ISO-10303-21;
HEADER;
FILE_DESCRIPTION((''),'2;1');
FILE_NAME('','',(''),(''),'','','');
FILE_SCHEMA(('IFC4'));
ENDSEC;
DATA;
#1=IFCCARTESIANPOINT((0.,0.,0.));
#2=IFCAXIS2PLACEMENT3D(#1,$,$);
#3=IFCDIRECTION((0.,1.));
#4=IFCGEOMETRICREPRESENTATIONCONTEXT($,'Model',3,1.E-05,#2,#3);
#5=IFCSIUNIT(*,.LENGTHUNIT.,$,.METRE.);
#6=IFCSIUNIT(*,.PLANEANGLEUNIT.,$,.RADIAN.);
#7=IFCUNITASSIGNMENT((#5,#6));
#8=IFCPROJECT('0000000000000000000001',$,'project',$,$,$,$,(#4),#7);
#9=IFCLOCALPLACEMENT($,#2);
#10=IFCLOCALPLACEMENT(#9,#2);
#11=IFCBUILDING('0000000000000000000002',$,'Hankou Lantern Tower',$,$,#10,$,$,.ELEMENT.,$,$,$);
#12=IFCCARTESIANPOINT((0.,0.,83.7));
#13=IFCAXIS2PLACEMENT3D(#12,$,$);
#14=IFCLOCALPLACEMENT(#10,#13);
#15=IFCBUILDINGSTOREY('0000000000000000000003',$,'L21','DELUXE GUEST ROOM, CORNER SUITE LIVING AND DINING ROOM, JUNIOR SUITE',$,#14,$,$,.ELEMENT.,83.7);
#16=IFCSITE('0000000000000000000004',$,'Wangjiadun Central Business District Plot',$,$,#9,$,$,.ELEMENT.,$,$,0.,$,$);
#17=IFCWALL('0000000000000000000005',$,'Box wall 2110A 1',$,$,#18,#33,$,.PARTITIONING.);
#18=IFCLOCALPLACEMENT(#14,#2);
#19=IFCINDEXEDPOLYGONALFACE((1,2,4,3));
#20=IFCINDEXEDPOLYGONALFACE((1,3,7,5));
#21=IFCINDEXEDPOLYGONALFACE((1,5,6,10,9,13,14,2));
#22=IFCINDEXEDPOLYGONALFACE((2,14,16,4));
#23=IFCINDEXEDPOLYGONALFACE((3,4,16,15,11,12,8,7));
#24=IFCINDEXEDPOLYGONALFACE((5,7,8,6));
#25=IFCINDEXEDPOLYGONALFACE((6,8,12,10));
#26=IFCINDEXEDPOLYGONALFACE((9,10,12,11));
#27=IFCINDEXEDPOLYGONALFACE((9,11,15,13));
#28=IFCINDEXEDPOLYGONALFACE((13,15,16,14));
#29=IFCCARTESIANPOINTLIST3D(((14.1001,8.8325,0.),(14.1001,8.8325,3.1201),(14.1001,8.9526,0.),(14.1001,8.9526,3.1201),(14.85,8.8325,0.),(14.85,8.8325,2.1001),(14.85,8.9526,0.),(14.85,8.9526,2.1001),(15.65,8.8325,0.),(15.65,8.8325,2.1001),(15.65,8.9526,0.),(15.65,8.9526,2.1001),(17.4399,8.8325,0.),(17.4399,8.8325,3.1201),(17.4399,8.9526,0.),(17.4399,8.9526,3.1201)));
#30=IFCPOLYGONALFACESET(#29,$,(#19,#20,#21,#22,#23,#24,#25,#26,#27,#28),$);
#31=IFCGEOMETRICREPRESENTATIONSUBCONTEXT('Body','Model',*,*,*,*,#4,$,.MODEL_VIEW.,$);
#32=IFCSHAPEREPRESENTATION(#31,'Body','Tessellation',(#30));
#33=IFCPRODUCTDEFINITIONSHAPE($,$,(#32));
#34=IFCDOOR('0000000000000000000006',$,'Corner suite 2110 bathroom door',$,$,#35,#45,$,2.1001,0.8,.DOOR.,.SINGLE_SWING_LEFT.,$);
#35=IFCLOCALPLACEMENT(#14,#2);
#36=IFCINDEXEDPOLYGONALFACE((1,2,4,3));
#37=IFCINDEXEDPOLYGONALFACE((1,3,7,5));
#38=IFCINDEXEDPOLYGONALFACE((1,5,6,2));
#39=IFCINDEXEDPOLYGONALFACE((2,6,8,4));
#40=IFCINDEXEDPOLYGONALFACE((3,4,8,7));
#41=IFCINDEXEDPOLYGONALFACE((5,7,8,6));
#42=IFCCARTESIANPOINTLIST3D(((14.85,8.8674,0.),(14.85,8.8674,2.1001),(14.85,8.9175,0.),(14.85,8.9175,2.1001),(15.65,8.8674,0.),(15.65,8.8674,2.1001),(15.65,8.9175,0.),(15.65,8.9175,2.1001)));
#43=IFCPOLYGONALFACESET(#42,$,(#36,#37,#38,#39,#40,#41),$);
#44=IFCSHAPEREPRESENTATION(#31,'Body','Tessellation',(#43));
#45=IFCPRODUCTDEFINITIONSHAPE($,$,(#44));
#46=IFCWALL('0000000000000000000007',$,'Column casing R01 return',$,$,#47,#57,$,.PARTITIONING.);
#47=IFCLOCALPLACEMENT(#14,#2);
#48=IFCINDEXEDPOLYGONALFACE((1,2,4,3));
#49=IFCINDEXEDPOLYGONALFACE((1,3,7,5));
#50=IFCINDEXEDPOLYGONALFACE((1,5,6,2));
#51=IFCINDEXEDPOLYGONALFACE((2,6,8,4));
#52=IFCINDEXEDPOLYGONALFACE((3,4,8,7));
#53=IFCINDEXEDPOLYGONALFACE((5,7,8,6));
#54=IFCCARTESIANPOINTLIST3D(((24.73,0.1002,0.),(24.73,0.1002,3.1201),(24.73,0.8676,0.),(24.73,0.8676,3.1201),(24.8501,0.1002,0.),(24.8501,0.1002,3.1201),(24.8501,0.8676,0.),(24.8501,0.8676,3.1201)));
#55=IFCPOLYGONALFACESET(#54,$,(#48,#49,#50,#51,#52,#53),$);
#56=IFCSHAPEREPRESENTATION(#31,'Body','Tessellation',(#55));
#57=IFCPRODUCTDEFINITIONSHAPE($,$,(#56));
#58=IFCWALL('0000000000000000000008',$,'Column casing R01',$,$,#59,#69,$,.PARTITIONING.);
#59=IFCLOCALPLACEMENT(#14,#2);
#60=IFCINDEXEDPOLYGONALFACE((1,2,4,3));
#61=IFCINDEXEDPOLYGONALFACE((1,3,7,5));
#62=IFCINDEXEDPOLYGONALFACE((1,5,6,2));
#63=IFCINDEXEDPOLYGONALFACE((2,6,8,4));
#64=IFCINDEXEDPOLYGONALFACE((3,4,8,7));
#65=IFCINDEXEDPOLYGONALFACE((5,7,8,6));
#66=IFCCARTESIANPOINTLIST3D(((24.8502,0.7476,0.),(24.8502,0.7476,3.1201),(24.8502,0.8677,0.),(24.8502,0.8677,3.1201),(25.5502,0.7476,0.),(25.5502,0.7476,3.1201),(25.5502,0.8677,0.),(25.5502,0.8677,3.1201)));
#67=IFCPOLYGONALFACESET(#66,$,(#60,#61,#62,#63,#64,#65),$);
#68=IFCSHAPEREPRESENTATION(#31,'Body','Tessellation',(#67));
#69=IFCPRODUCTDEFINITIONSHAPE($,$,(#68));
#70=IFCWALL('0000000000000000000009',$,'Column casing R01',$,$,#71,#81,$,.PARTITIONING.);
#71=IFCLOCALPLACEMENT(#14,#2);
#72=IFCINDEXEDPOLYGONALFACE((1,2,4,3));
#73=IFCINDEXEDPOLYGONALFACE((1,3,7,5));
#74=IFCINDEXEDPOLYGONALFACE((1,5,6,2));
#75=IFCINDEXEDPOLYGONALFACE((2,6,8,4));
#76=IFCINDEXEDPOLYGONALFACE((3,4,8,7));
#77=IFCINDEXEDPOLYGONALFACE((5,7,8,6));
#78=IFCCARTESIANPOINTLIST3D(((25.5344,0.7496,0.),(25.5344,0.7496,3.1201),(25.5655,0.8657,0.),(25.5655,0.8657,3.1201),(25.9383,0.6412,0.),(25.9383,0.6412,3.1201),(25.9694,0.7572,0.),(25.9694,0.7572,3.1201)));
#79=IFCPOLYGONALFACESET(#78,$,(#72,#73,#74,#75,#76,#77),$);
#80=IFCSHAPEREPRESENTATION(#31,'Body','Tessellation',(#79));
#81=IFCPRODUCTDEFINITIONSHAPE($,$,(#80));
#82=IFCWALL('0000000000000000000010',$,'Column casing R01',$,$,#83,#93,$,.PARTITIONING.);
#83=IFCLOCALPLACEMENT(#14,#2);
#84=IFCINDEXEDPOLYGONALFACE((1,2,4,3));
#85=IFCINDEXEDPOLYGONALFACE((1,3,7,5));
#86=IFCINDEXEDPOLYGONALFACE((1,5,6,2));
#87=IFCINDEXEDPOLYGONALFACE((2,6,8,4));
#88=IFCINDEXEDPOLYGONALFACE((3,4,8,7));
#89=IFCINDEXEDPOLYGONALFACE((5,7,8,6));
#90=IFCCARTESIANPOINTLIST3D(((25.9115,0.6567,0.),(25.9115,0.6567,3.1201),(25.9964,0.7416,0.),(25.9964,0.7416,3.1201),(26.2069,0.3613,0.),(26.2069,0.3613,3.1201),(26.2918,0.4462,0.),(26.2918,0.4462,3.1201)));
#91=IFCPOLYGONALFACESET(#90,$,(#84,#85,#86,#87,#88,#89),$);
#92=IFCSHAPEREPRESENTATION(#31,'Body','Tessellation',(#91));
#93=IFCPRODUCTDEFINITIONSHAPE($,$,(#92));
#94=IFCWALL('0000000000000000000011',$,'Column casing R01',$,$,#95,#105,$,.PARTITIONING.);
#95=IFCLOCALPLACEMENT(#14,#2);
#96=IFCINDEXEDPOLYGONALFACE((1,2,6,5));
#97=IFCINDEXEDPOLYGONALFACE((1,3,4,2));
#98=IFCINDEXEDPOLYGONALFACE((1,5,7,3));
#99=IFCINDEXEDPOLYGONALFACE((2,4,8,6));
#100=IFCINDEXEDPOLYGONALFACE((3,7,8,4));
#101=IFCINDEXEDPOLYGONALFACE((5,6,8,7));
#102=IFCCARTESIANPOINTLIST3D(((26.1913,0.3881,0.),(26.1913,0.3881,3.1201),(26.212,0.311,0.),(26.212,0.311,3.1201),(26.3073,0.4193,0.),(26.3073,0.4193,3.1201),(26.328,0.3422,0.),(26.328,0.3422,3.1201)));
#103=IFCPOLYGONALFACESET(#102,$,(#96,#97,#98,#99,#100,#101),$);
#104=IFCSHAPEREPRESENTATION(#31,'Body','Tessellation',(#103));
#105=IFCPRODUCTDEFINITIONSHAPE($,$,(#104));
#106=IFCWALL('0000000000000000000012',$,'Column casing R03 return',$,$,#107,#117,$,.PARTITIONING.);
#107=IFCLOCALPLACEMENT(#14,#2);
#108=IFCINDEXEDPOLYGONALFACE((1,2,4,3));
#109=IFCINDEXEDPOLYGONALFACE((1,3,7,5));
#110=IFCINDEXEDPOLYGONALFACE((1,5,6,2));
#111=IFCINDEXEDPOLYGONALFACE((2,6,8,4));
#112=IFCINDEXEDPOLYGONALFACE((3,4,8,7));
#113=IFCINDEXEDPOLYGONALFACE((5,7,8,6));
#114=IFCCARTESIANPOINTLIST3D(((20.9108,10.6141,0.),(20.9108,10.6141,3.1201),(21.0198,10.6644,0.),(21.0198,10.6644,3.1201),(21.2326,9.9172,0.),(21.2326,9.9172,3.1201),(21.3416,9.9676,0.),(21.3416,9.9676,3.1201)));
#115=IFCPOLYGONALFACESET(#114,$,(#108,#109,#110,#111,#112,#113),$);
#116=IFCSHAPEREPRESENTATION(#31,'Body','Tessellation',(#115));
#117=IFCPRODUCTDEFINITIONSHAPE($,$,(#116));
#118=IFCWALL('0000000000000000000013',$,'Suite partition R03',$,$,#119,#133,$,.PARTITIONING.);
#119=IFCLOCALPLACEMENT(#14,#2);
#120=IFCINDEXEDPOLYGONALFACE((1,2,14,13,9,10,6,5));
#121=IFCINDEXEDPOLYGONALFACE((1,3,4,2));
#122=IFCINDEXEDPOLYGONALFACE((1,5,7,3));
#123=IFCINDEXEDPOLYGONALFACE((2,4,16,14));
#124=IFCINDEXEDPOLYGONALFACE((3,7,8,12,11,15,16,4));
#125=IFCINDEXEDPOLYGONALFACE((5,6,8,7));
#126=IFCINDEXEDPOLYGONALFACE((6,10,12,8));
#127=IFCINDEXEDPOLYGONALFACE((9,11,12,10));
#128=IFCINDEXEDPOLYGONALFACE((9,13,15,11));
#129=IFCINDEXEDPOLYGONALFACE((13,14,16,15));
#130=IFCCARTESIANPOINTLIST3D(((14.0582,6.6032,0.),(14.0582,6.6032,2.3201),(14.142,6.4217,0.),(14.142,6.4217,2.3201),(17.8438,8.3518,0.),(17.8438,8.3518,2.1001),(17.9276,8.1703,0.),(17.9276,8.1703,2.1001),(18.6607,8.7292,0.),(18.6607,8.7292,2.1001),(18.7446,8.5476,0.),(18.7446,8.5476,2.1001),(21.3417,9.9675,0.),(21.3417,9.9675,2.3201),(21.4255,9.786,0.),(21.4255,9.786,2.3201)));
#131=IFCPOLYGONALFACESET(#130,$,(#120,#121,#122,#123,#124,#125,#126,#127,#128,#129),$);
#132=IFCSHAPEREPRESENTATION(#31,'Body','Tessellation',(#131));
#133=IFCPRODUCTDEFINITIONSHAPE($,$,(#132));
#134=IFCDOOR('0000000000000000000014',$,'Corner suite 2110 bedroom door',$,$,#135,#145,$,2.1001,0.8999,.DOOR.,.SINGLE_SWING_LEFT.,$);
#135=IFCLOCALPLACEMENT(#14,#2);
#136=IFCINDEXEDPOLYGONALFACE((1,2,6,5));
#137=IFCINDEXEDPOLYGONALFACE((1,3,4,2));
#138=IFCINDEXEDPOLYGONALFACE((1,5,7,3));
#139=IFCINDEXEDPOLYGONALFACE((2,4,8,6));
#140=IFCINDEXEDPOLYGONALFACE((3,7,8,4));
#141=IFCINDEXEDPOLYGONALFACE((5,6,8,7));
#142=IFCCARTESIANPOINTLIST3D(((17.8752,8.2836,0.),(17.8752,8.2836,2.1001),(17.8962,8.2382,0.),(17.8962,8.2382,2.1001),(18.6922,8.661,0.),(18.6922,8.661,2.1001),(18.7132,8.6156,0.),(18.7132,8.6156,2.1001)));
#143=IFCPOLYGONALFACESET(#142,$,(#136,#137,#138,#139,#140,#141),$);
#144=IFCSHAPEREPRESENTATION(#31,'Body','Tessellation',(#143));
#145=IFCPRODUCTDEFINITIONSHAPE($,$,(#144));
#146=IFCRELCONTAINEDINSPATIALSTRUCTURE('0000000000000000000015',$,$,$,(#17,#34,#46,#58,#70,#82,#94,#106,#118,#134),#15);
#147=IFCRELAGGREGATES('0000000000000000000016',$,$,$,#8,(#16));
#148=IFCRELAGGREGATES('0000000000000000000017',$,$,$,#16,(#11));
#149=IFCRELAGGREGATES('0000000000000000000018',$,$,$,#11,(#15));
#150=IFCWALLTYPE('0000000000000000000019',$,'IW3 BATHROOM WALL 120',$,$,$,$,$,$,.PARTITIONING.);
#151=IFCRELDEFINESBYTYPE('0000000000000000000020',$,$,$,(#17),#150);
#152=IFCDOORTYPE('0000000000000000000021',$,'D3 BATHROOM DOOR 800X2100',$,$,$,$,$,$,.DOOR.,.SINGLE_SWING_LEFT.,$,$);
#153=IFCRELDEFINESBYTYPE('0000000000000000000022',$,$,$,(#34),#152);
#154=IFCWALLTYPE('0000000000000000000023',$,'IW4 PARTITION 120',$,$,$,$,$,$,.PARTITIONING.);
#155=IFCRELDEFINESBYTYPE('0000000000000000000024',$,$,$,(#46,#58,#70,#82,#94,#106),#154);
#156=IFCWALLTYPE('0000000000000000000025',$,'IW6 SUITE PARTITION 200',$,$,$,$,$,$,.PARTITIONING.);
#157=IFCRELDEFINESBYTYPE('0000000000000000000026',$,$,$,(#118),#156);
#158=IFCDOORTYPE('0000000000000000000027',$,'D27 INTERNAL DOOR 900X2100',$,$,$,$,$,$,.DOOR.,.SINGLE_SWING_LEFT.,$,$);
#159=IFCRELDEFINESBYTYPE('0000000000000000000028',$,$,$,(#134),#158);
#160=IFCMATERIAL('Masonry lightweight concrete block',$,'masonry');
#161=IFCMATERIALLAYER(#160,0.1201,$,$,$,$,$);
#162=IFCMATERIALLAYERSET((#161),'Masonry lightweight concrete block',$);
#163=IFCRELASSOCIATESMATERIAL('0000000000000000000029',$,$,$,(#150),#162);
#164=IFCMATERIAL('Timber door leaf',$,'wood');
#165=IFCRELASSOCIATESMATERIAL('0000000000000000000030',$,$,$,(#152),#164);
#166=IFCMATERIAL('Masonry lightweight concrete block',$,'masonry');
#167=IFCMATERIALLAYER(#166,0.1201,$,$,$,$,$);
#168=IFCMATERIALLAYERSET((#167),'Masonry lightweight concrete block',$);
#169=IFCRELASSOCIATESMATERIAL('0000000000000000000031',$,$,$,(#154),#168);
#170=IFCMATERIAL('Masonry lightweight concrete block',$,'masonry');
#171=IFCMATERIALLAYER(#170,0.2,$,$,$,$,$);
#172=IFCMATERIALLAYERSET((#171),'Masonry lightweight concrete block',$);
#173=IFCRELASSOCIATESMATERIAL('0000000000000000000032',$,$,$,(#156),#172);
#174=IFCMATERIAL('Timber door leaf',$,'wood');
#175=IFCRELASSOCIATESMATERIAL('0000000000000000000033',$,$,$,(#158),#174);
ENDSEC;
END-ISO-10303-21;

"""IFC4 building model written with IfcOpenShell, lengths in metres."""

from ifc_helpers import new_model, si_unit, direction, frame, frame_2d, origin, place, context, subcontext, project, spatial, rectangle, extrude, material, layer, layer_set, type_object, element, fill, save


model = new_model("IFC4")

# Units and contexts
model_context = context("Model", 3, precision=1e-05, world=origin(), true_north=direction((0.0, 1.0)))
body_context = subcontext(model_context, "Body", "Model", "MODEL_VIEW")
ifc_project = project(units=[si_unit("LENGTHUNIT", "METRE"), si_unit("PLANEANGLEUNIT", "RADIAN")], contexts=[model_context])

# Site, building, storey
site_placement = place(None, origin())
site = spatial("IfcSite", under=ifc_project, at=site_placement, Name="Wangjiadun Central Business District Plot", CompositionType="ELEMENT", RefElevation=0.0)
building_placement = place(site_placement, origin())
building = spatial("IfcBuilding", under=site, at=building_placement, Name="Hankou Lantern Tower", CompositionType="ELEMENT")
storey_placement = place(building_placement, frame((0.0, 0.0, 83.7)))
storey = spatial("IfcBuildingStorey", under=building, at=storey_placement, Name="L21", Description="DELUXE GUEST ROOM, CORNER SUITE LIVING AND DINING ROOM, JUNIOR SUITE", CompositionType="ELEMENT", Elevation=83.7)

# Shared definitions
ifc_material_1 = material(Name="Masonry lightweight concrete block", Category="masonry")
ifc_layer_1 = layer(ifc_material_1, 0.1201)
ifc_layer_set_1 = layer_set([ifc_layer_1], Name="Masonry lightweight concrete block")
wall_type_1 = type_object("IfcWallType", Name="IW3 BATHROOM WALL 120", PredefinedType="PARTITIONING", material=ifc_layer_set_1)

# Shared definitions
ifc_material_2 = material(Name="Timber door leaf", Category="wood")
door_type_1 = type_object("IfcDoorType", Name="D3 BATHROOM DOOR 800X2100", OperationType="SINGLE_SWING_LEFT", PredefinedType="DOOR", material=ifc_material_2)

# Wall, opening, door
wall_1_placement = place(storey_placement, frame((14.1001, 8.8926, 0.0), z_axis=(0.0, 0.0, 1.0), x_axis=(1.0, 0.0, 0.0)))
wall_1 = element("IfcWall", 1, at=wall_1_placement, inside=storey, type_object=wall_type_1, Name="Box wall 2110A 1", PredefinedType="PARTITIONING", context=body_context, shape_type="SweptSolid", body=[
    extrude(rectangle(XDim=3.3398, YDim=0.1201, at=frame_2d((1.6699, 0.0))), origin(), (0.0, 0.0, 1.0), 3.1201),
])
opening_1_placement = place(wall_1_placement, frame((0.75, 0.0, 0.0)))
opening_1 = element("IfcOpeningElement", 2, at=opening_1_placement, cuts=wall_1, PredefinedType="OPENING", context=body_context, shape_type="SweptSolid", body=[
    extrude(rectangle(XDim=0.8, YDim=2.1001, at=frame_2d((0.3999, 1.05))), frame((0.0, 0.0701, 0.0), z_axis=(0.0, -1.0, 0.0), x_axis=(1.0, 0.0, 0.0)), (0.0, 0.0, 1.0), 0.1401),
])
door_1_placement = place(opening_1_placement, origin())
door_1 = element("IfcDoor", 3, at=door_1_placement, inside=storey, type_object=door_type_1, Name="Corner suite 2110 bathroom door", OperationType="SINGLE_SWING_LEFT", OverallHeight=2.1001, OverallWidth=0.8, PredefinedType="DOOR", context=body_context, shape_type="SweptSolid", body=[
    extrude(rectangle(XDim=0.8, YDim=2.1001, at=frame_2d((0.3999, 1.05))), frame((0.0, 0.0249, 0.0), z_axis=(0.0, -1.0, 0.0), x_axis=(1.0, 0.0, 0.0)), (0.0, 0.0, 1.0), 0.05),
])
fill(opening_1, door_1)

# Walls
ifc_material_3 = material(Name="Masonry lightweight concrete block", Category="masonry")
ifc_layer_2 = layer(ifc_material_3, 0.1201)
ifc_layer_set_2 = layer_set([ifc_layer_2], Name="Masonry lightweight concrete block")
wall_type_2 = type_object("IfcWallType", Name="IW4 PARTITION 120", PredefinedType="PARTITIONING", material=ifc_layer_set_2)
wall_2_placement = place(storey_placement, frame((24.79, 0.1001, 0.0), z_axis=(0.0, 0.0, 1.0), x_axis=(0.0, 1.0, 0.0)))
element("IfcWall", 4, at=wall_2_placement, inside=storey, type_object=wall_type_2, Name="Column casing R01 return", PredefinedType="PARTITIONING", context=body_context, shape_type="SweptSolid", body=[
    extrude(rectangle(XDim=0.7673, YDim=0.1201, at=frame_2d((0.3838, 0.0))), origin(), (0.0, 0.0, 1.0), 3.1201),
])
wall_3_placement = place(storey_placement, frame((24.8501, 0.8076, 0.0), z_axis=(0.0, 0.0, 1.0), x_axis=(1.0, 0.0, 0.0)))
element("IfcWall", 5, at=wall_3_placement, inside=storey, type_object=wall_type_2, Name="Column casing R01", PredefinedType="PARTITIONING", context=body_context, shape_type="SweptSolid", body=[
    extrude(rectangle(XDim=0.7, YDim=0.1201, at=frame_2d((0.3501, 0.0))), origin(), (0.0, 0.0, 1.0), 3.1201),
])
wall_4_placement = place(storey_placement, frame((25.55, 0.8076, 0.0), z_axis=(0.0, 0.0, 1.0), x_axis=(0.965807, -0.259261, 0.0)))
element("IfcWall", 6, at=wall_4_placement, inside=storey, type_object=wall_type_2, Name="Column casing R01", PredefinedType="PARTITIONING", context=body_context, shape_type="SweptSolid", body=[
    extrude(rectangle(XDim=0.4182, YDim=0.1201, at=frame_2d((0.209, 0.0))), origin(), (0.0, 0.0, 1.0), 3.1201),
])
wall_5_placement = place(storey_placement, frame((25.9539, 0.6992, 0.0), z_axis=(0.0, 0.0, 1.0), x_axis=(0.707107, -0.707107, 0.0)))
element("IfcWall", 7, at=wall_5_placement, inside=storey, type_object=wall_type_2, Name="Column casing R01", PredefinedType="PARTITIONING", context=body_context, shape_type="SweptSolid", body=[
    extrude(rectangle(XDim=0.4177, YDim=0.1201, at=frame_2d((0.209, 0.0))), origin(), (0.0, 0.0, 1.0), 3.1201),
])
wall_6_placement = place(storey_placement, frame((26.2493, 0.4038, 0.0), z_axis=(0.0, 0.0, 1.0), x_axis=(0.259754, -0.965675, 0.0)))
element("IfcWall", 8, at=wall_6_placement, inside=storey, type_object=wall_type_2, Name="Column casing R01", PredefinedType="PARTITIONING", context=body_context, shape_type="SweptSolid", body=[
    extrude(rectangle(XDim=0.0798, YDim=0.1201, at=frame_2d((0.04, 0.0))), origin(), (0.0, 0.0, 1.0), 3.1201),
])
wall_7_placement = place(storey_placement, frame((21.2871, 9.9424, 0.0), z_axis=(0.0, 0.0, 1.0), x_axis=(-0.41926, 0.907866, 0.0)))
element("IfcWall", 9, at=wall_7_placement, inside=storey, type_object=wall_type_2, Name="Column casing R03 return", PredefinedType="PARTITIONING", context=body_context, shape_type="SweptSolid", body=[
    extrude(rectangle(XDim=0.7676, YDim=0.1201, at=frame_2d((0.3838, 0.0))), origin(), (0.0, 0.0, 1.0), 3.1201),
])

# Wall, opening, door
ifc_material_4 = material(Name="Masonry lightweight concrete block", Category="masonry")
ifc_layer_3 = layer(ifc_material_4, 0.2)
ifc_layer_set_3 = layer_set([ifc_layer_3], Name="Masonry lightweight concrete block")
wall_type_3 = type_object("IfcWallType", Name="IW6 SUITE PARTITION 200", PredefinedType="PARTITIONING", material=ifc_layer_set_3)
wall_8_placement = place(storey_placement, frame((14.1001, 6.5125, 0.0), z_axis=(0.0, 0.0, 1.0), x_axis=(0.907833, 0.419332, 0.0)))
wall_8 = element("IfcWall", 10, at=wall_8_placement, inside=storey, type_object=wall_type_3, Name="Suite partition R03", PredefinedType="PARTITIONING", context=body_context, shape_type="SweptSolid", body=[
    extrude(rectangle(XDim=8.0229, YDim=0.2, at=frame_2d((4.0115, 0.0))), origin(), (0.0, 0.0, 1.0), 2.3201),
])
opening_2_placement = place(wall_8_placement, frame((4.1699, 0.0, 0.0)))
opening_2 = element("IfcOpeningElement", 11, at=opening_2_placement, cuts=wall_8, PredefinedType="OPENING", context=body_context, shape_type="SweptSolid", body=[
    extrude(rectangle(XDim=0.8999, YDim=2.1001, at=frame_2d((0.45, 1.05))), frame((0.0, 0.1099, 0.0), z_axis=(0.0, -1.0, 0.0), x_axis=(1.0, 0.0, 0.0)), (0.0, 0.0, 1.0), 0.22),
])
ifc_material_5 = material(Name="Timber door leaf", Category="wood")
door_type_2 = type_object("IfcDoorType", Name="D27 INTERNAL DOOR 900X2100", OperationType="SINGLE_SWING_LEFT", PredefinedType="DOOR", material=ifc_material_5)
door_2_placement = place(opening_2_placement, origin())
door_2 = element("IfcDoor", 12, at=door_2_placement, inside=storey, type_object=door_type_2, Name="Corner suite 2110 bedroom door", OperationType="SINGLE_SWING_LEFT", OverallHeight=2.1001, OverallWidth=0.8999, PredefinedType="DOOR", context=body_context, shape_type="SweptSolid", body=[
    extrude(rectangle(XDim=0.8999, YDim=2.1001, at=frame_2d((0.45, 1.05))), frame((0.0, 0.0249, 0.0), z_axis=(0.0, -1.0, 0.0), x_axis=(1.0, 0.0, 0.0)), (0.0, 0.0, 1.0), 0.05),
])
fill(opening_2, door_2)

save(model, "model.ifc")
